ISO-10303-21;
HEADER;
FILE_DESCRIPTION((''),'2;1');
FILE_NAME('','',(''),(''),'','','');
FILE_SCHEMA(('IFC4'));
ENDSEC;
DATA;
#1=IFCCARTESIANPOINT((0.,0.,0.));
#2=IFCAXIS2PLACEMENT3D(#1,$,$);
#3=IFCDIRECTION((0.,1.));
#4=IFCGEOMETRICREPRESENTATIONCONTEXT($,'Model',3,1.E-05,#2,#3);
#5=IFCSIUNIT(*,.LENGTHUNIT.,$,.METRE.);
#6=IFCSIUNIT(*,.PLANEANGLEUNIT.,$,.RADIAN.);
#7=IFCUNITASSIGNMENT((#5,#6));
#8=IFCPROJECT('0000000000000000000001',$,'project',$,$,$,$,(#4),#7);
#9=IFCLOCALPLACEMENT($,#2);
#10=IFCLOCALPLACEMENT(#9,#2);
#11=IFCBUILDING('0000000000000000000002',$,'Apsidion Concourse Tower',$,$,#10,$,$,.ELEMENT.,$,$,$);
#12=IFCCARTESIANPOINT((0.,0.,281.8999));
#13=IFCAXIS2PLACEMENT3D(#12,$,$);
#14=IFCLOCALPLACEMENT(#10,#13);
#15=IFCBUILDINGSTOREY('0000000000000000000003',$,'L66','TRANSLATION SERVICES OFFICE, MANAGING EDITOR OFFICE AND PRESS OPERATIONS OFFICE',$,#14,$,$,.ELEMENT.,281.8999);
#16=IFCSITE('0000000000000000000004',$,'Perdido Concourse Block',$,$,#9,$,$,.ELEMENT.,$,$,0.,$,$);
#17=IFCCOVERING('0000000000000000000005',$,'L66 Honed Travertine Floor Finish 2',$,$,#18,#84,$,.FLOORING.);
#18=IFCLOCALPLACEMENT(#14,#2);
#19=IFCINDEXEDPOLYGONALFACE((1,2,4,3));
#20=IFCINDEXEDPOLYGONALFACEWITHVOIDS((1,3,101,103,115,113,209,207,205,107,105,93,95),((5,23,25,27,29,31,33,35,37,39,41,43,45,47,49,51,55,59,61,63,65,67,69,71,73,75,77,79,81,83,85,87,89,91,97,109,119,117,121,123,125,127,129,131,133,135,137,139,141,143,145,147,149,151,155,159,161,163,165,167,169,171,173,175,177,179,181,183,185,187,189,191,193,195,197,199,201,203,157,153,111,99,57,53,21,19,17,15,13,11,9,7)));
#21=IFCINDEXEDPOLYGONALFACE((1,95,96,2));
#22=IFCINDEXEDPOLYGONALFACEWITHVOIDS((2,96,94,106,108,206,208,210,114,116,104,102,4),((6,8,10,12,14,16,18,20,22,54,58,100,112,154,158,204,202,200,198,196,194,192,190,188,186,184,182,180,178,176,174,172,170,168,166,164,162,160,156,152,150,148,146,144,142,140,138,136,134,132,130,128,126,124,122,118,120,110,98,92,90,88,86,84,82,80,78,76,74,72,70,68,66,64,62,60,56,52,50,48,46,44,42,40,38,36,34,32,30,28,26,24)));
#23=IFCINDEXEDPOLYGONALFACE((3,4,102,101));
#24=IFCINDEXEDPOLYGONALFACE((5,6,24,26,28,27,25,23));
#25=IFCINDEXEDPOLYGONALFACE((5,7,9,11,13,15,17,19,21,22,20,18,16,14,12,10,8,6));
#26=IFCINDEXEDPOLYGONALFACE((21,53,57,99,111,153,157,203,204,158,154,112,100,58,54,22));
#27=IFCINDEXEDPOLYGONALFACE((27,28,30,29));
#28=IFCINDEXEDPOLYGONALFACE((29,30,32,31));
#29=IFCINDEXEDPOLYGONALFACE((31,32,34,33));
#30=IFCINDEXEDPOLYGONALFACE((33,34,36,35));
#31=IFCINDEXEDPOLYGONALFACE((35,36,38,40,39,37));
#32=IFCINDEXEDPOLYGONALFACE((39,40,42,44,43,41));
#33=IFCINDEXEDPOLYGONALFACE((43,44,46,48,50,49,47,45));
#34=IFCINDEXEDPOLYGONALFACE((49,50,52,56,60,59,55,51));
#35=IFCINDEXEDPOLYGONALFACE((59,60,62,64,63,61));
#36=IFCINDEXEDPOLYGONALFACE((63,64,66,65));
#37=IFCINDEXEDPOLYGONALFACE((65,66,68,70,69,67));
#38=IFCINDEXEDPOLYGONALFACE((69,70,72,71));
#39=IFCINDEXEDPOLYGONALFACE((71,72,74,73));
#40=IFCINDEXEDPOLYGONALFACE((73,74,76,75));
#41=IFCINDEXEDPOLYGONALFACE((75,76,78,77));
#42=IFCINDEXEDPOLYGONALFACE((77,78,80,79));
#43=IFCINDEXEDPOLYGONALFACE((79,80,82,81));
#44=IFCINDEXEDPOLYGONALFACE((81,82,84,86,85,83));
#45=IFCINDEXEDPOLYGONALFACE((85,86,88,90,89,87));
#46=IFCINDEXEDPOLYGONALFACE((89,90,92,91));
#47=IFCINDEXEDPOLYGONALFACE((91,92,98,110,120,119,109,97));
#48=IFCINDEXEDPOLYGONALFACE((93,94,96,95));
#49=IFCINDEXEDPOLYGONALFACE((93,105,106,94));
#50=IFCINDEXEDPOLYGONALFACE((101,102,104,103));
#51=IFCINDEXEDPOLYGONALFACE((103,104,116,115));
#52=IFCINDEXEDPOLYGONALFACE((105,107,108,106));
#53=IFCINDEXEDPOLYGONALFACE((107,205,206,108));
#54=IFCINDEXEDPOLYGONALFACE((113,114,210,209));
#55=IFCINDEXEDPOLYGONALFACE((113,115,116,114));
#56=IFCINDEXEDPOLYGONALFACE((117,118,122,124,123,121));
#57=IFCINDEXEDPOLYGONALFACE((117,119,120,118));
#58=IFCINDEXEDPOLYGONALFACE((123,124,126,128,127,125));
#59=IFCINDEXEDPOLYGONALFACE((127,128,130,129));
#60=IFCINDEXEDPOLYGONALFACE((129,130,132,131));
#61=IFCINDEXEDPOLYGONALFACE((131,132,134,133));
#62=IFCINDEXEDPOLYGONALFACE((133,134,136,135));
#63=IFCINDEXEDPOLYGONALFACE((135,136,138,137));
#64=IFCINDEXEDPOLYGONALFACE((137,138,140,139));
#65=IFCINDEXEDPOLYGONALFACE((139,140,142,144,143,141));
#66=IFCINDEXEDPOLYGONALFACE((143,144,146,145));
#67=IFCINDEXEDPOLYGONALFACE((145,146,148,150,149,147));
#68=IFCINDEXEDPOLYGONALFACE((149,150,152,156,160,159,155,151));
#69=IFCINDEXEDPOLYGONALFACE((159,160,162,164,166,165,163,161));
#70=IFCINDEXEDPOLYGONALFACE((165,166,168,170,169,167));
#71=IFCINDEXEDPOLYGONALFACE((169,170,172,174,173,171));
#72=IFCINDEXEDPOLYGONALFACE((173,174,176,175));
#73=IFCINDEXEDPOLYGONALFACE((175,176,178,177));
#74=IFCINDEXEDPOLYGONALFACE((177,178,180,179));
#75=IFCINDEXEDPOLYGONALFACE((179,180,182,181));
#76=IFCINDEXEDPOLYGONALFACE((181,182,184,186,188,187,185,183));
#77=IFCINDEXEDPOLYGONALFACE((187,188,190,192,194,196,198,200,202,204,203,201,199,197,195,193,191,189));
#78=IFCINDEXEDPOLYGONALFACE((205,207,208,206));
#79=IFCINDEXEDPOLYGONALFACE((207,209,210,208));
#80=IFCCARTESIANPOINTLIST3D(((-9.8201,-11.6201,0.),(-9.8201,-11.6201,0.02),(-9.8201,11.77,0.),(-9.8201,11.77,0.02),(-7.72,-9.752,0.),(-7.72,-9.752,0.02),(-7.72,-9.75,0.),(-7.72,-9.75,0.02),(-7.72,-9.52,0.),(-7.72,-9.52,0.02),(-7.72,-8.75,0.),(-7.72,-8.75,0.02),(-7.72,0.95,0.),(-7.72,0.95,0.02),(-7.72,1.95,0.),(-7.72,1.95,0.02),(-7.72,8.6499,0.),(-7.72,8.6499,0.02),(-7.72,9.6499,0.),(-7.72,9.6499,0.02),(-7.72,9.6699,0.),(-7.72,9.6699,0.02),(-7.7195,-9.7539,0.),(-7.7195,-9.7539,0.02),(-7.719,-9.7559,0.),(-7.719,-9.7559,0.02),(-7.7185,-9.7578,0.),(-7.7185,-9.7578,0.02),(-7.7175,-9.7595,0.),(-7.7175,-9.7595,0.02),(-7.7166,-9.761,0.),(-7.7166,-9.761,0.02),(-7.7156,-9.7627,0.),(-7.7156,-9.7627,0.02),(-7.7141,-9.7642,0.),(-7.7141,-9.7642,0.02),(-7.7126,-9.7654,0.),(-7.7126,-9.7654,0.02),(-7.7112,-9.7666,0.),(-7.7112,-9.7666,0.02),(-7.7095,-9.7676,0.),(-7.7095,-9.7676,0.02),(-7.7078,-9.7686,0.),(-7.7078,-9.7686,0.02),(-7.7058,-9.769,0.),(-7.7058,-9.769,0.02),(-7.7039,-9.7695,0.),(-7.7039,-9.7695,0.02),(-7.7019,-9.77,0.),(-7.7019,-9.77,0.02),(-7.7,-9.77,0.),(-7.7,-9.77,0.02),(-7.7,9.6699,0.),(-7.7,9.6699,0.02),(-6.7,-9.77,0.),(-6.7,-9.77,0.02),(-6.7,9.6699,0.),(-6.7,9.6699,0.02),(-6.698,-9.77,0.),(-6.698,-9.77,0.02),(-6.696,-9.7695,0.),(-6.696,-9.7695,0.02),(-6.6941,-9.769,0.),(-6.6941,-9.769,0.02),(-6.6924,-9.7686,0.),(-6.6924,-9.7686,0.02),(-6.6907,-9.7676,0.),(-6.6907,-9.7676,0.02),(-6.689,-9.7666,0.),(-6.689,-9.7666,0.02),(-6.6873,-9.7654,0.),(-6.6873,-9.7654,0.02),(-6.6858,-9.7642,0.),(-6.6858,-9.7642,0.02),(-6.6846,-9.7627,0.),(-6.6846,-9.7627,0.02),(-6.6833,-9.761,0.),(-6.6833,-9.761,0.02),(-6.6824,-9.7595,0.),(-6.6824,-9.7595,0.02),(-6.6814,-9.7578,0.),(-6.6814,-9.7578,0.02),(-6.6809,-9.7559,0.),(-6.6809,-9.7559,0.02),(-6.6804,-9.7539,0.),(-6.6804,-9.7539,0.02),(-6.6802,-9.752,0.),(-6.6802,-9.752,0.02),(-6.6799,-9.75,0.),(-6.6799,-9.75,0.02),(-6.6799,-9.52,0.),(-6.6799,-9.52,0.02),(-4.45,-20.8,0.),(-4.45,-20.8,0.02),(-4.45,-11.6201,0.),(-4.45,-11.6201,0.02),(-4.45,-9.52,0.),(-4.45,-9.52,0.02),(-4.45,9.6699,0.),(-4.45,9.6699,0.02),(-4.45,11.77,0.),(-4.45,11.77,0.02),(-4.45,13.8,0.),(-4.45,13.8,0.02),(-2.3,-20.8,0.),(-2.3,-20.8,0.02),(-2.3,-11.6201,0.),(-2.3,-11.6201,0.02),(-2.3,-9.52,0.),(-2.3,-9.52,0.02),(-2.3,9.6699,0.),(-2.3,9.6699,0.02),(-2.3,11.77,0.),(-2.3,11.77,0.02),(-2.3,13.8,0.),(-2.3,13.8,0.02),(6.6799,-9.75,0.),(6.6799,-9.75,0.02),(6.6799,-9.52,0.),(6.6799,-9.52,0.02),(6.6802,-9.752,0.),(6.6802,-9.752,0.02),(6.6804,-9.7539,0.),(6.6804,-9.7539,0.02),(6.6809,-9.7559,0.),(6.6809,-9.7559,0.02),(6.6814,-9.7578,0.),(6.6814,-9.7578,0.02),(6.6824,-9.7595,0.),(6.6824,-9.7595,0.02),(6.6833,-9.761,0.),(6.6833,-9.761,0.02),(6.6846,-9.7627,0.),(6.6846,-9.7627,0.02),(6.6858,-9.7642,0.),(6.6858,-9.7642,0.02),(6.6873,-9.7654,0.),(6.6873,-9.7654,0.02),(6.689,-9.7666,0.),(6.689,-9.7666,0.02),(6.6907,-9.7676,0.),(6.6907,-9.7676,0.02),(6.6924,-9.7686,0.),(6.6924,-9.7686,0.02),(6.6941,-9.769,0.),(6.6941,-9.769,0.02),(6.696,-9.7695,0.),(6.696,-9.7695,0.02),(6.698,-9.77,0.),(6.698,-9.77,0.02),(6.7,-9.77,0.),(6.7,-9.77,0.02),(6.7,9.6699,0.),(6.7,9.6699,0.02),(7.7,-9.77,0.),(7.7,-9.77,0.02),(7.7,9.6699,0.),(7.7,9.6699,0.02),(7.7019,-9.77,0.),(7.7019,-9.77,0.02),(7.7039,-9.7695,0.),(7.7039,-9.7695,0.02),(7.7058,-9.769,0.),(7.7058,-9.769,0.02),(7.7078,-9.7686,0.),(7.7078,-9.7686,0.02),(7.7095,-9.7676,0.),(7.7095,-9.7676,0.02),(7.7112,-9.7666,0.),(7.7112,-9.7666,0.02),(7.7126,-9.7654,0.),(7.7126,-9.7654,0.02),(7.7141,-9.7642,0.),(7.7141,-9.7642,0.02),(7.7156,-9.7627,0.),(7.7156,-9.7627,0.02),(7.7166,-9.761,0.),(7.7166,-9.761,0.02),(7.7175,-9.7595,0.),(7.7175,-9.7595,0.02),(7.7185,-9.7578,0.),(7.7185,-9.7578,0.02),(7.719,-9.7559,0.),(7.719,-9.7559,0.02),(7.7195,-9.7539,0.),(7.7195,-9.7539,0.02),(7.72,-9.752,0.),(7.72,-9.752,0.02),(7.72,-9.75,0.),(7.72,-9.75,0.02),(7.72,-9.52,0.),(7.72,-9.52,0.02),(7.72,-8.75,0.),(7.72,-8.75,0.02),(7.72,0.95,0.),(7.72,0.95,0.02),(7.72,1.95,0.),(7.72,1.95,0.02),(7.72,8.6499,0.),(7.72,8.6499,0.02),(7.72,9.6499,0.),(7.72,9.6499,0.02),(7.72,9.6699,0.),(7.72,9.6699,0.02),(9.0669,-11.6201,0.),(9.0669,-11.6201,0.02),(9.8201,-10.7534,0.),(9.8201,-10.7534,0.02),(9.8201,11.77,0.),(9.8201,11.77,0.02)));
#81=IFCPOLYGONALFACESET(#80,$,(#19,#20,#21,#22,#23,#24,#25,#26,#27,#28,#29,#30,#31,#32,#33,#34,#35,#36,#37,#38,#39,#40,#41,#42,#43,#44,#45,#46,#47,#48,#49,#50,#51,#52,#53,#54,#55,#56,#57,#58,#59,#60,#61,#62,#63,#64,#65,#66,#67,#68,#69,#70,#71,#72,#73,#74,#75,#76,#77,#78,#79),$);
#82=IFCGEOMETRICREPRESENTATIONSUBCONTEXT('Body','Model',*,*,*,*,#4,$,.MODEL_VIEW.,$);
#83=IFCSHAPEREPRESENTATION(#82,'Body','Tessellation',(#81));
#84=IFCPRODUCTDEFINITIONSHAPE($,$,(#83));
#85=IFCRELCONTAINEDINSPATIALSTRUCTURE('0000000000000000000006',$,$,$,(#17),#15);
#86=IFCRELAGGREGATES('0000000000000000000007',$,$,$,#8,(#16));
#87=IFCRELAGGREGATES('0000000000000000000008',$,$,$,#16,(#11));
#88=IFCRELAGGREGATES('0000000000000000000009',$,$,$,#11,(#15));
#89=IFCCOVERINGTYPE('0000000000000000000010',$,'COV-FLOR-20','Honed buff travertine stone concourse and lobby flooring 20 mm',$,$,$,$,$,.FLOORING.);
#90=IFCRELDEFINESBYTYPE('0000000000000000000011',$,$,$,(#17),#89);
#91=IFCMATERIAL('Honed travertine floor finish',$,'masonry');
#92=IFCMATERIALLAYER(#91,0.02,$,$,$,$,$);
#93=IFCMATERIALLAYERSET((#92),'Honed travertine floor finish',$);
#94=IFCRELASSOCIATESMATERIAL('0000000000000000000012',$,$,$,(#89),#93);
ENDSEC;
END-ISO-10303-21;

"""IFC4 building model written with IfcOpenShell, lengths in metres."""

from ifc_helpers import new_model, si_unit, direction, frame, origin, place, context, subcontext, project, spatial, polyline, outline, extrude, material, layer, layer_set, type_object, element, save


model = new_model("IFC4")

# Units and contexts
model_context = context("Model", 3, precision=1e-05, world=origin(), true_north=direction((0.0, 1.0)))
body_context = subcontext(model_context, "Body", "Model", "MODEL_VIEW")
ifc_project = project(units=[si_unit("LENGTHUNIT", "METRE"), si_unit("PLANEANGLEUNIT", "RADIAN")], contexts=[model_context])

# Site, building, storey
site_placement = place(None, origin())
site = spatial("IfcSite", under=ifc_project, at=site_placement, Name="Perdido Concourse Block", CompositionType="ELEMENT", RefElevation=0.0)
building_placement = place(site_placement, origin())
building = spatial("IfcBuilding", under=site, at=building_placement, Name="Apsidion Concourse Tower", CompositionType="ELEMENT")
storey_placement = place(building_placement, frame((0.0, 0.0, 281.8999)))
storey = spatial("IfcBuildingStorey", under=building, at=storey_placement, Name="L66", Description="TRANSLATION SERVICES OFFICE, MANAGING EDITOR OFFICE AND PRESS OPERATIONS OFFICE", CompositionType="ELEMENT", Elevation=281.8999)

# Covering
ifc_material_1 = material(Name="Honed travertine floor finish", Category="masonry")
ifc_layer_1 = layer(ifc_material_1, 0.02)
ifc_layer_set_1 = layer_set([ifc_layer_1], Name="Honed travertine floor finish")
covering_type_1 = type_object("IfcCoveringType", Name="COV-FLOR-20", Description="Honed buff travertine stone concourse and lobby flooring 20 mm", PredefinedType="FLOORING", material=ifc_layer_set_1)
covering_1_placement = place(storey_placement, origin())
element("IfcCovering", 1, at=covering_1_placement, inside=storey, type_object=covering_type_1, Name="L66 Honed Travertine Floor Finish 2", PredefinedType="FLOORING", context=body_context, shape_type="SweptSolid", body=[
    extrude(outline(polyline([(-9.8201, -11.6201), (-9.8201, 11.77), (-4.45, 11.77), (-4.45, 13.8), (-2.3, 13.8), (-2.3, 11.77), (9.8201, 11.77), (9.8201, -10.7534), (9.0669, -11.6201), (-2.3, -11.6201), (-2.3, -20.8), (-4.45, -20.8), (-4.45, -11.6201), (-9.8201, -11.6201)]), holes=[polyline([(7.7, 9.6699), (6.7, 9.6699), (-2.3, 9.6699), (-4.45, 9.6699), (-6.7, 9.6699), (-7.7, 9.6699), (-7.72, 9.6699), (-7.72, 9.6499), (-7.72, 8.6499), (-7.72, 1.95), (-7.72, 0.95), (-7.72, -8.75), (-7.72, -9.52), (-7.72, -9.75), (-7.72, -9.752), (-7.7195, -9.7539), (-7.719, -9.7559), (-7.7185, -9.7578), (-7.7175, -9.7595), (-7.7166, -9.761), (-7.7156, -9.7627), (-7.7141, -9.7642), (-7.7126, -9.7654), (-7.7112, -9.7666), (-7.7095, -9.7676), (-7.7078, -9.7686), (-7.7058, -9.769), (-7.7039, -9.7695), (-7.7019, -9.77), (-7.7, -9.77), (-6.7, -9.77), (-6.698, -9.77), (-6.696, -9.7695), (-6.6941, -9.769), (-6.6924, -9.7686), (-6.6907, -9.7676), (-6.689, -9.7666), (-6.6873, -9.7654), (-6.6858, -9.7642), (-6.6846, -9.7627), (-6.6833, -9.761), (-6.6824, -9.7595), (-6.6814, -9.7578), (-6.6809, -9.7559), (-6.6804, -9.7539), (-6.6802, -9.752), (-6.6799, -9.75), (-6.6799, -9.52), (-4.45, -9.52), (-2.3, -9.52), (6.6799, -9.52), (6.6799, -9.75), (6.6802, -9.752), (6.6804, -9.7539), (6.6809, -9.7559), (6.6814, -9.7578), (6.6824, -9.7595), (6.6833, -9.761), (6.6846, -9.7627), (6.6858, -9.7642), (6.6873, -9.7654), (6.689, -9.7666), (6.6907, -9.7676), (6.6924, -9.7686), (6.6941, -9.769), (6.696, -9.7695), (6.698, -9.77), (6.7, -9.77), (7.7, -9.77), (7.7019, -9.77), (7.7039, -9.7695), (7.7058, -9.769), (7.7078, -9.7686), (7.7095, -9.7676), (7.7112, -9.7666), (7.7126, -9.7654), (7.7141, -9.7642), (7.7156, -9.7627), (7.7166, -9.761), (7.7175, -9.7595), (7.7185, -9.7578), (7.719, -9.7559), (7.7195, -9.7539), (7.72, -9.752), (7.72, -9.75), (7.72, -9.52), (7.72, -8.75), (7.72, 0.95), (7.72, 1.95), (7.72, 8.6499), (7.72, 9.6499), (7.72, 9.6699), (7.7, 9.6699)])]), origin(), (0.0, 0.0, 1.0), 0.02),
])

save(model, "model.ifc")
